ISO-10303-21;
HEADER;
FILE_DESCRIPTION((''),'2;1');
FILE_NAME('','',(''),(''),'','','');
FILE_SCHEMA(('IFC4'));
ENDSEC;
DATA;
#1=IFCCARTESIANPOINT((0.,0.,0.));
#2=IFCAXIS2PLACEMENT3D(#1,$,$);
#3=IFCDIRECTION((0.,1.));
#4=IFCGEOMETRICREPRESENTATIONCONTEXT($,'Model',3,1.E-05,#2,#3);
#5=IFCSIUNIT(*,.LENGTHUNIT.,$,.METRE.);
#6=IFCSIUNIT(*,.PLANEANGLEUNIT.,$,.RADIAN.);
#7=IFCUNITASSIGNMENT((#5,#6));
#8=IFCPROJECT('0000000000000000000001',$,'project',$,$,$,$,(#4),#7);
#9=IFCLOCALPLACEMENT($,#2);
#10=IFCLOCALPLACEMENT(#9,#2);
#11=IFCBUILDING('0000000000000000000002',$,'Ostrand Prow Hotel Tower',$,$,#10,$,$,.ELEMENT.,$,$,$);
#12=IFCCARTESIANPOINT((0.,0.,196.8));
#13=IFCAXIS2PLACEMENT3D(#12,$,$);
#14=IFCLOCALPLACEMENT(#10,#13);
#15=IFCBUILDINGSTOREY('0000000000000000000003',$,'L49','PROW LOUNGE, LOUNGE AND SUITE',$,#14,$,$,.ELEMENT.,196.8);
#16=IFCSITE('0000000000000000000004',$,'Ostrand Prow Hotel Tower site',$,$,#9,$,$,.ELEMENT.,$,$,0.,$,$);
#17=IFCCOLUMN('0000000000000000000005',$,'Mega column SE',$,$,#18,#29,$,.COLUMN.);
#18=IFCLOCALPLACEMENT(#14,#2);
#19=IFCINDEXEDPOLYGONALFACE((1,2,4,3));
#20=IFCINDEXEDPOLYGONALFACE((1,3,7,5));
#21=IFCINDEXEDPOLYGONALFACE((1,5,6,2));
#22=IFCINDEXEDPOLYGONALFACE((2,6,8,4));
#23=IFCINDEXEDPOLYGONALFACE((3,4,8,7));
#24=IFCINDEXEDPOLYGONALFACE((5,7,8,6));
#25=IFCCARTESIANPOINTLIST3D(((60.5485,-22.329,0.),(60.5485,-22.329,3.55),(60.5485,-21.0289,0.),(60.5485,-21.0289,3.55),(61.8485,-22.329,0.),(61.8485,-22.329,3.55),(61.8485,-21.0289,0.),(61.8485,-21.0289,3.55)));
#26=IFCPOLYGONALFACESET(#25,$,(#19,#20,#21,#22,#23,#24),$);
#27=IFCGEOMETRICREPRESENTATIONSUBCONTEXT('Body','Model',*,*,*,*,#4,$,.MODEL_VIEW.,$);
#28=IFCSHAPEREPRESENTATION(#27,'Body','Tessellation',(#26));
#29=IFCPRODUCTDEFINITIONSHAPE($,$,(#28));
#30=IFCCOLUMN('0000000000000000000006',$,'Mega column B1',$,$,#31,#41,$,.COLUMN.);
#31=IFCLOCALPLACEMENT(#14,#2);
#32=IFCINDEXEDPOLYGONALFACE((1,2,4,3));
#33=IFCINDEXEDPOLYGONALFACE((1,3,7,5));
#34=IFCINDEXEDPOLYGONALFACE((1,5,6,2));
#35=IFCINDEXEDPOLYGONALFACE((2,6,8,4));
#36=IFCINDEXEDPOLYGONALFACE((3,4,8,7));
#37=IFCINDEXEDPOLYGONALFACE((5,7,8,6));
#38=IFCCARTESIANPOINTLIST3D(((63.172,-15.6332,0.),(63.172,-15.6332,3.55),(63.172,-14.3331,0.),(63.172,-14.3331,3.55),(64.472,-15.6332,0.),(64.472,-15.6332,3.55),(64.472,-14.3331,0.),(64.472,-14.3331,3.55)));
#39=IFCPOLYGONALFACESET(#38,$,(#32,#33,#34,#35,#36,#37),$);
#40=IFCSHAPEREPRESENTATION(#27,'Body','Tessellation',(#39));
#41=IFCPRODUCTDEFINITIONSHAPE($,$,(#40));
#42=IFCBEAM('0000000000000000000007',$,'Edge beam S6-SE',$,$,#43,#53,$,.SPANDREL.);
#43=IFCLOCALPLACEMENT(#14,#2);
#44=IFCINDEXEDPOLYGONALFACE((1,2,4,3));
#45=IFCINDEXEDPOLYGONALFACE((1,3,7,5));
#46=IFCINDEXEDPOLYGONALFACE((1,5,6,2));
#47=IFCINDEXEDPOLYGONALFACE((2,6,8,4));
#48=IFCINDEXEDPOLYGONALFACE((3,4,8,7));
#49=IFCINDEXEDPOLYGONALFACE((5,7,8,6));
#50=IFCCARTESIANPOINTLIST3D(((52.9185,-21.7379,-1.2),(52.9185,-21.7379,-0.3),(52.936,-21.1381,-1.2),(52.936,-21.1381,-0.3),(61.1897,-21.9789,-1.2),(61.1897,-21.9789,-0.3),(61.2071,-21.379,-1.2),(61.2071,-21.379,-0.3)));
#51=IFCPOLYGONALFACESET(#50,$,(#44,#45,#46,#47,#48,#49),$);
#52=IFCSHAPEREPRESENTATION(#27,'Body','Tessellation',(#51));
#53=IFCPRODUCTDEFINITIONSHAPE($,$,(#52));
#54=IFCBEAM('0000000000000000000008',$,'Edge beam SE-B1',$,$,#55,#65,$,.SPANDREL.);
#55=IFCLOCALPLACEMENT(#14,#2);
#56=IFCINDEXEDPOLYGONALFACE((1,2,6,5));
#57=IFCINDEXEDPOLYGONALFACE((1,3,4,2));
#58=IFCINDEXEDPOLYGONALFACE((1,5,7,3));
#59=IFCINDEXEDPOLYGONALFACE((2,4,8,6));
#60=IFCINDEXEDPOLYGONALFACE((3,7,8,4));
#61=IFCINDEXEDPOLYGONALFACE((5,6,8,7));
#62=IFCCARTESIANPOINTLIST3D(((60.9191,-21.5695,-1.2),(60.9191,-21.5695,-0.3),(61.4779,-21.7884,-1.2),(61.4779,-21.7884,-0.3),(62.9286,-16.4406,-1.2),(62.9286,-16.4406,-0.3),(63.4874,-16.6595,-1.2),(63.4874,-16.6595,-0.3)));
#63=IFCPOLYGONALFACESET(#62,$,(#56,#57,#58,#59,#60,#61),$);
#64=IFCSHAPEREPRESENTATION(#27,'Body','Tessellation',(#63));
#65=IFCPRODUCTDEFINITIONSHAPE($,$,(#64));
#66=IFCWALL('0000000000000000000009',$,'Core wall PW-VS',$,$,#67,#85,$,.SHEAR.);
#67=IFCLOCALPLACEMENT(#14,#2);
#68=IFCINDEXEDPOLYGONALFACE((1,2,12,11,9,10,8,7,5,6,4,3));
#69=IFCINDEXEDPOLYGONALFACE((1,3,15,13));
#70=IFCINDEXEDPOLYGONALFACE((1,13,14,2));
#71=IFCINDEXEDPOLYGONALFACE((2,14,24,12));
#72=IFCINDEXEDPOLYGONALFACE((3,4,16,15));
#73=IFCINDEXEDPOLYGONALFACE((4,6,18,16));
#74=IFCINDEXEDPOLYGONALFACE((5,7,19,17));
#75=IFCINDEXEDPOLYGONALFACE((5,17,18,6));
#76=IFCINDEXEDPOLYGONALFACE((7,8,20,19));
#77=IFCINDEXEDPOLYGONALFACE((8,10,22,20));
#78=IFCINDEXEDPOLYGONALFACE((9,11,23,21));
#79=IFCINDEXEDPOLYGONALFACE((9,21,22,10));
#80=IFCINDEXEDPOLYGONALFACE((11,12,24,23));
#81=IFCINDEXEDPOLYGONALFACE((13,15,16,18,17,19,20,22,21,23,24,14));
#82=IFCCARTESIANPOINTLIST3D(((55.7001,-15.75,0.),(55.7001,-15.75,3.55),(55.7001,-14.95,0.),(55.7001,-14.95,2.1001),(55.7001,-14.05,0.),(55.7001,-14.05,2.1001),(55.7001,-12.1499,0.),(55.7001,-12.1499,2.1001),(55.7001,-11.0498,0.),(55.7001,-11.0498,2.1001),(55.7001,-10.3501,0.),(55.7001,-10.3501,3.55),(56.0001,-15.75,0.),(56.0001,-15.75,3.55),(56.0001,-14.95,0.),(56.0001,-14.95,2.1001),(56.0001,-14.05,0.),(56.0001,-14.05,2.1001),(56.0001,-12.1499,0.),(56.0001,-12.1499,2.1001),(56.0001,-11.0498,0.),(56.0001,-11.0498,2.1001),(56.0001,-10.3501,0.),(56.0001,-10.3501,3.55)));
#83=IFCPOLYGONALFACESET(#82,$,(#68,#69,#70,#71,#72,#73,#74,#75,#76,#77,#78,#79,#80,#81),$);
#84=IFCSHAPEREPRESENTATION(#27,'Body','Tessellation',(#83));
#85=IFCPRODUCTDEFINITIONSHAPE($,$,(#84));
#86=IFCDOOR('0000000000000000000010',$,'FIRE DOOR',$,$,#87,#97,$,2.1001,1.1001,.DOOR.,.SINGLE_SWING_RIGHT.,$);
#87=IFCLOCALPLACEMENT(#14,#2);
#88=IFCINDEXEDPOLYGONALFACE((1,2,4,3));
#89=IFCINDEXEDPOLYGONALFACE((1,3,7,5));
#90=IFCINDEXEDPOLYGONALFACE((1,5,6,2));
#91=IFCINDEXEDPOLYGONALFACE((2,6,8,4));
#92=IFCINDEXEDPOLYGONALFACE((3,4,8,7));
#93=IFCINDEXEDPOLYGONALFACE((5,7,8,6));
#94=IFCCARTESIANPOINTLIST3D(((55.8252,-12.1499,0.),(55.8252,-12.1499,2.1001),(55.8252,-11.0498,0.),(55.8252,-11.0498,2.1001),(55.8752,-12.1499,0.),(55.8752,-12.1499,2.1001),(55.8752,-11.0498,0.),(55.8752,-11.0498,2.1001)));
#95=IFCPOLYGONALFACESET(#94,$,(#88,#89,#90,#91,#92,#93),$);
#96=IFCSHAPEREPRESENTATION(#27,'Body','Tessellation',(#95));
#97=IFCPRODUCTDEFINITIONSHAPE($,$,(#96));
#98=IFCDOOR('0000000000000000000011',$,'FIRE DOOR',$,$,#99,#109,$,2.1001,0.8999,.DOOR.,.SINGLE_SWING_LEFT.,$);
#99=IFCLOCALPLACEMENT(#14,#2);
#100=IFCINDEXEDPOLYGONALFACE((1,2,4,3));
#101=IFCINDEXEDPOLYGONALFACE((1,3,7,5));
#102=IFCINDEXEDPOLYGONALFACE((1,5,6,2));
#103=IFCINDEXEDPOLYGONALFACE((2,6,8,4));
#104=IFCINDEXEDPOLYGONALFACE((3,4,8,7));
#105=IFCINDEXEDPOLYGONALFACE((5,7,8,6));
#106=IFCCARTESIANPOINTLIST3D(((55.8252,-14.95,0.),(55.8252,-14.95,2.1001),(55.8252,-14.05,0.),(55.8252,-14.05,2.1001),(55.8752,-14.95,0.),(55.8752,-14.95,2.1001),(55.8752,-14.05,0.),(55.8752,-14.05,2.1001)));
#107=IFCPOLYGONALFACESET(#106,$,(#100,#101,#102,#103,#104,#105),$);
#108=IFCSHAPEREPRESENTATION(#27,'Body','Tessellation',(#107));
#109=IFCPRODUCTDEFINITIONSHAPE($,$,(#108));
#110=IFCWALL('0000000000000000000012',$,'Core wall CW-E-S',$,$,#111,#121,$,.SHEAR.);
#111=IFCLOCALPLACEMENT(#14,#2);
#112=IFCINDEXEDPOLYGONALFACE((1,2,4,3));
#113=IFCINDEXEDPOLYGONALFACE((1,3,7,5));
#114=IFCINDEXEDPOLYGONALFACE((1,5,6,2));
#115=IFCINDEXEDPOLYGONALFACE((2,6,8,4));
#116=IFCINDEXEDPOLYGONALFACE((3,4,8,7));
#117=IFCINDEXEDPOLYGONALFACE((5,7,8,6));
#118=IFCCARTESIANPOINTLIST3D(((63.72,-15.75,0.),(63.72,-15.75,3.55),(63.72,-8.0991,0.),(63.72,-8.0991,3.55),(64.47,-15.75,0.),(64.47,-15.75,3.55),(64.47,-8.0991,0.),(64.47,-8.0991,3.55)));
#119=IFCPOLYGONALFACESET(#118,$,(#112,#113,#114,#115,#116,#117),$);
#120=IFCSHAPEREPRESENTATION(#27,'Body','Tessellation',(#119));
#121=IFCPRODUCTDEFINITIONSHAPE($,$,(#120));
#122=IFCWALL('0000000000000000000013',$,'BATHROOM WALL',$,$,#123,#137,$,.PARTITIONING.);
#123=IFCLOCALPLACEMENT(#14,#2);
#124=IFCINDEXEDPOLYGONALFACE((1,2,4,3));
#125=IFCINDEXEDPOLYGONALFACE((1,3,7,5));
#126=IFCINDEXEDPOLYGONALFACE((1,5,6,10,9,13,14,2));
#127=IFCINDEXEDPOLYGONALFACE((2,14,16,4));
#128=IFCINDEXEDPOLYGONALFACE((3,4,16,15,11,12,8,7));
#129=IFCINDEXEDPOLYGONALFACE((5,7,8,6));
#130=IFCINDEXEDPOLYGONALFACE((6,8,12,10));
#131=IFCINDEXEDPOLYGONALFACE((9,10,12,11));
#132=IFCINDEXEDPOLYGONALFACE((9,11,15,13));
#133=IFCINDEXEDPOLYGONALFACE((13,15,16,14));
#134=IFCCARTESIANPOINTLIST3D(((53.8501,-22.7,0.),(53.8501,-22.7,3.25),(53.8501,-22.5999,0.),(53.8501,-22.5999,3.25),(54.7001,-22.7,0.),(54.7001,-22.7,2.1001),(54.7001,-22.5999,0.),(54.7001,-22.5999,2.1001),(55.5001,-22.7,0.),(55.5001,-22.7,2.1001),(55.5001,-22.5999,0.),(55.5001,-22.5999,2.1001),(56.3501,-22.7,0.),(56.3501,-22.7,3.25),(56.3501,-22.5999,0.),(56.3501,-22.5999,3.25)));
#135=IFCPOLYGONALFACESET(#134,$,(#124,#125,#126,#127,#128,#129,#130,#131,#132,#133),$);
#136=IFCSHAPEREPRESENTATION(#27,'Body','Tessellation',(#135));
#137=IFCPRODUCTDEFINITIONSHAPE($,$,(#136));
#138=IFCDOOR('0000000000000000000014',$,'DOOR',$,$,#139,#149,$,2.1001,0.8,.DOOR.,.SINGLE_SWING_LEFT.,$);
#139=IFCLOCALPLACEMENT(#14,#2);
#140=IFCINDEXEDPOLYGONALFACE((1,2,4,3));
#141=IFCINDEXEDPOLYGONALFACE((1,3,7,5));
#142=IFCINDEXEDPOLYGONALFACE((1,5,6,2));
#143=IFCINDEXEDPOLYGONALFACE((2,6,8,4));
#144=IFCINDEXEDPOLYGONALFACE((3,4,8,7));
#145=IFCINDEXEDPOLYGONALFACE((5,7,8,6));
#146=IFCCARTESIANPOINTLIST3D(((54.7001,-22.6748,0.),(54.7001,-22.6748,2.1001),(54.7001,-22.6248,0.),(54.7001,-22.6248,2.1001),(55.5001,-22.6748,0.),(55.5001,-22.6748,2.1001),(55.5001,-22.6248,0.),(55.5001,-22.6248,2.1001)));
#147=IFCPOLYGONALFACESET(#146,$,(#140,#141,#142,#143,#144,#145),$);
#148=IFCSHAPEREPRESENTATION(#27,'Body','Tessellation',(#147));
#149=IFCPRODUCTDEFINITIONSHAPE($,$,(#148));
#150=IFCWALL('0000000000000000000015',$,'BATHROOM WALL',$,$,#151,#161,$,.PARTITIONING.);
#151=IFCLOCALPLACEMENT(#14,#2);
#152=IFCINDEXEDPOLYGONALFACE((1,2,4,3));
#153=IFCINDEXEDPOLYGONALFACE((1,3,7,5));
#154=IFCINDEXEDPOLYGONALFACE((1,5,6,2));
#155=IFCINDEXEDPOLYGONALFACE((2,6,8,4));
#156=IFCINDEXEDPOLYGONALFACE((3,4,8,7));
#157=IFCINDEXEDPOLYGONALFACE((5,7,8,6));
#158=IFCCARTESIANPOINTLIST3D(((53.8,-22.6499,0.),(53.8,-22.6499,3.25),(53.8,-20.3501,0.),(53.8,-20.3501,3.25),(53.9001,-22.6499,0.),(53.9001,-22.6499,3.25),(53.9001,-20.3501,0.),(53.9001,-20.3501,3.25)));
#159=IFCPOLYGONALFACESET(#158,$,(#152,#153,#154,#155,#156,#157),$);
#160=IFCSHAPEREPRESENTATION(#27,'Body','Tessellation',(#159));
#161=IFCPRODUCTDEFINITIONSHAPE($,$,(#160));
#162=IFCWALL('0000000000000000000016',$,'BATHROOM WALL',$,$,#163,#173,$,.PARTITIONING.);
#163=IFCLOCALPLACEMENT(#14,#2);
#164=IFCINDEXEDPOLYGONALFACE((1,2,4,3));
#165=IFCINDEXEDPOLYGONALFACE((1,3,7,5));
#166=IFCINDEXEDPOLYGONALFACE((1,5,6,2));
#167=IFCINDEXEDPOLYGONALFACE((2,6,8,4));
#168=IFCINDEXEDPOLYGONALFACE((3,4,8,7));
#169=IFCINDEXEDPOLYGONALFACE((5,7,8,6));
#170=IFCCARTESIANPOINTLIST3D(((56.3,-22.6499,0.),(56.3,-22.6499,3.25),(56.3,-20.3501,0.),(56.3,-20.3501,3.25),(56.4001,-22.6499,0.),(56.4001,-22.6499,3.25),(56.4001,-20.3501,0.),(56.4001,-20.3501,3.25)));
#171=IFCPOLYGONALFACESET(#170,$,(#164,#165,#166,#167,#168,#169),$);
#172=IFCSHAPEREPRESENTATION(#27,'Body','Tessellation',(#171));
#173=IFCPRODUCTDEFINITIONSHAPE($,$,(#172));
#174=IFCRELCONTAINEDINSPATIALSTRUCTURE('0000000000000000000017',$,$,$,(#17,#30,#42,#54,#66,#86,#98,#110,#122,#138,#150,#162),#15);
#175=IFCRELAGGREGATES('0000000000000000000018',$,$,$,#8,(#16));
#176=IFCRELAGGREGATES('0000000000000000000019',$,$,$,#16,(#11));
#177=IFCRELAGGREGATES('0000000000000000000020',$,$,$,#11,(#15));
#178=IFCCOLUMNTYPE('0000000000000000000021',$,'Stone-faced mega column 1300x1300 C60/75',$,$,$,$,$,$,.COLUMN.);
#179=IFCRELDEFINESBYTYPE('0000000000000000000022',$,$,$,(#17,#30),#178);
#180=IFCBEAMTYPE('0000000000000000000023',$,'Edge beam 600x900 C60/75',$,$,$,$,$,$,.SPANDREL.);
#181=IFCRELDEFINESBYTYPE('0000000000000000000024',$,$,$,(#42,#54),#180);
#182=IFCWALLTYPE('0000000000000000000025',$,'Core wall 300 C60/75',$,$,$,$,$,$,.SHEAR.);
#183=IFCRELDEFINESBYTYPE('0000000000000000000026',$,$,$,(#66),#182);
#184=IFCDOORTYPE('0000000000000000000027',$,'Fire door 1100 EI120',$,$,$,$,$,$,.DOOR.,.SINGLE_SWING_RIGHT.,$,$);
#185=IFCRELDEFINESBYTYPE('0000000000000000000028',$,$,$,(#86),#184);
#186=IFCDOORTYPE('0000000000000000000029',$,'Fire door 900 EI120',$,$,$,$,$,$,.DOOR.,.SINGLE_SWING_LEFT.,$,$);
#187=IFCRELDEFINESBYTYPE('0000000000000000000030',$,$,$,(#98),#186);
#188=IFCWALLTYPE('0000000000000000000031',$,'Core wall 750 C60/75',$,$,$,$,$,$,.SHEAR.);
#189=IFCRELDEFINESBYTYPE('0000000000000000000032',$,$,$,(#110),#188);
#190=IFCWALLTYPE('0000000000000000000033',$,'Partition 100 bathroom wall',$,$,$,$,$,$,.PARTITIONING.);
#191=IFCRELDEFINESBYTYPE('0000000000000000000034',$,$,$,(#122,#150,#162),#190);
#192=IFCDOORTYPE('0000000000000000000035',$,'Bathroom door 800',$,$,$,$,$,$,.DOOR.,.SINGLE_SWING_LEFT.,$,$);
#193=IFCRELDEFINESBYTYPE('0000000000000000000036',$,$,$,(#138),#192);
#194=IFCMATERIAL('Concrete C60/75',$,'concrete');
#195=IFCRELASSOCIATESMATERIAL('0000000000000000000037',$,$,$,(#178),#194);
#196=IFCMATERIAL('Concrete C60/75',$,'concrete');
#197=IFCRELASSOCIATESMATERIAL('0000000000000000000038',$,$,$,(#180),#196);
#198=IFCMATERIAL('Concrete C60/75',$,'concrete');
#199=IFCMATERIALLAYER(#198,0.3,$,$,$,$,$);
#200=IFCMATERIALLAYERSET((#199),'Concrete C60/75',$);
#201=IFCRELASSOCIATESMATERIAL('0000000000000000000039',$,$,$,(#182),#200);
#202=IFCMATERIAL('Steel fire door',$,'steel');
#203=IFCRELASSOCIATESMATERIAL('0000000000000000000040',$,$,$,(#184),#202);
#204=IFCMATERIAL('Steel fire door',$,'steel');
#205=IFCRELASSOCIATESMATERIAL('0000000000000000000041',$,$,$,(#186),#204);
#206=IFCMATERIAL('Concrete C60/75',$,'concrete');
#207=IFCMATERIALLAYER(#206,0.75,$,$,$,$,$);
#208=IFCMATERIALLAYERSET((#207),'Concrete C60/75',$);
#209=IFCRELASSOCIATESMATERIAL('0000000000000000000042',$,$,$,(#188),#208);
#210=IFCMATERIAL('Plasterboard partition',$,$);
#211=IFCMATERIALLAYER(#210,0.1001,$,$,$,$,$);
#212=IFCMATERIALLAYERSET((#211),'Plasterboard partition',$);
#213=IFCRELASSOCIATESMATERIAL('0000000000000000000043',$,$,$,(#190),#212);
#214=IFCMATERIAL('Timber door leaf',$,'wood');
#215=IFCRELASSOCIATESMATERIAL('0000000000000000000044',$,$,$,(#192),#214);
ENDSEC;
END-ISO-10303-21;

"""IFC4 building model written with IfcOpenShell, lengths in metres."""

from ifc_helpers import new_model, si_unit, direction, frame, frame_2d, origin, origin_2d, place, context, subcontext, project, spatial, rectangle, extrude, material, layer, layer_set, material_profile, profile_set, type_object, element, fill, save


model = new_model("IFC4")

# Units and contexts
model_context = context("Model", 3, precision=1e-05, world=origin(), true_north=direction((0.0, 1.0)))
body_context = subcontext(model_context, "Body", "Model", "MODEL_VIEW")
ifc_project = project(units=[si_unit("LENGTHUNIT", "METRE"), si_unit("PLANEANGLEUNIT", "RADIAN")], contexts=[model_context])

# Site, building, storey
site_placement = place(None, origin())
site = spatial("IfcSite", under=ifc_project, at=site_placement, Name="Ostrand Prow Hotel Tower site", CompositionType="ELEMENT", RefElevation=0.0)
building_placement = place(site_placement, origin())
building = spatial("IfcBuilding", under=site, at=building_placement, Name="Ostrand Prow Hotel Tower", CompositionType="ELEMENT")
storey_placement = place(building_placement, frame((0.0, 0.0, 196.8)))
storey = spatial("IfcBuildingStorey", under=building, at=storey_placement, Name="L49", Description="PROW LOUNGE, LOUNGE AND SUITE", CompositionType="ELEMENT", Elevation=196.8)

# Columns
ifc_material_1 = material(Name="Concrete C60/75", Category="concrete")
ifc_material_profile_1 = material_profile(ifc_material_1, rectangle(XDim=1.3, YDim=1.3, at=origin_2d()), Name="RC 1300x1300")
ifc_profile_set_1 = profile_set([ifc_material_profile_1], Name="Concrete C60/75")
column_type = type_object("IfcColumnType", Name="Stone-faced mega column 1300x1300 C60/75", PredefinedType="COLUMN", material=ifc_profile_set_1)
for number, where, z_axis, x_axis, name in (
    (1, (61.1985, -21.679, 0.0), (0.0, 0.0, 1.0), (1.0, 0.0, 0.0), "Mega column SE"),
    (2, (63.822, -14.9832, 0.0), (0.0, 0.0, 1.0), (1.0, 0.0, 0.0), "Mega column B1"),
):
    element("IfcColumn", number, at=place(storey_placement, frame(where, z_axis=z_axis, x_axis=x_axis)), inside=storey, type_object=column_type, Name=name, PredefinedType="COLUMN", context=body_context, shape_type="SweptSolid", body=[
        extrude(rectangle(XDim=1.3, YDim=1.3, at=origin_2d()), origin(), (0.0, 0.0, 1.0), 3.55),
    ])

# Beams
ifc_material_2 = material(Name="Concrete C60/75", Category="concrete")
ifc_material_profile_2 = material_profile(ifc_material_2, rectangle(XDim=0.6001, YDim=0.8999, at=origin_2d()), Name="RC 600x900")
ifc_profile_set_2 = profile_set([ifc_material_profile_2], Name="Concrete C60/75")
beam_type = type_object("IfcBeamType", Name="Edge beam 600x900 C60/75", PredefinedType="SPANDREL", material=ifc_profile_set_2)
beam_1_placement = place(storey_placement, frame((52.9272, -21.438, -0.75), z_axis=(0.999576, -0.029121, 0.0), x_axis=(0.029121, 0.999576, 0.0)))
element("IfcBeam", 3, at=beam_1_placement, inside=storey, type_object=beam_type, Name="Edge beam S6-SE", PredefinedType="SPANDREL", context=body_context, shape_type="SweptSolid", body=[
    extrude(rectangle(XDim=0.6001, YDim=0.8999, at=origin_2d()), origin(), (0.0, 0.0, 1.0), 8.2747),
])
beam_2_placement = place(storey_placement, frame((61.1985, -21.679, -0.75), z_axis=(0.364802, 0.931085, 0.0), x_axis=(-0.931085, 0.364802, 0.0)))
element("IfcBeam", 4, at=beam_2_placement, inside=storey, type_object=beam_type, Name="Edge beam SE-B1", PredefinedType="SPANDREL", context=body_context, shape_type="SweptSolid", body=[
    extrude(rectangle(XDim=0.6001, YDim=0.8999, at=origin_2d()), origin(), (0.0, 0.0, 1.0), 5.5085),
])

# Wall, openings, doors
ifc_material_3 = material(Name="Concrete C60/75", Category="concrete")
ifc_layer_1 = layer(ifc_material_3, 0.3)
ifc_layer_set_1 = layer_set([ifc_layer_1], Name="Concrete C60/75")
wall_type_1 = type_object("IfcWallType", Name="Core wall 300 C60/75", PredefinedType="SHEAR", material=ifc_layer_set_1)
wall_1_placement = place(storey_placement, frame((55.8501, -15.75, 0.0), z_axis=(0.0, 0.0, 1.0), x_axis=(0.0, 1.0, 0.0)))
wall_1 = element("IfcWall", 5, at=wall_1_placement, inside=storey, type_object=wall_type_1, Name="Core wall PW-VS", PredefinedType="SHEAR", context=body_context, shape_type="SweptSolid", body=[
    extrude(rectangle(XDim=5.3999, YDim=0.3, at=frame_2d((2.7, 0.0))), origin(), (0.0, 0.0, 1.0), 3.55),
])
opening_1_placement = place(wall_1_placement, frame((3.6001, 0.0, 0.0)))
opening_1 = element("IfcOpeningElement", 6, at=opening_1_placement, cuts=wall_1, PredefinedType="OPENING", context=body_context, shape_type="SweptSolid", body=[
    extrude(rectangle(XDim=1.1001, YDim=2.1001, at=frame_2d((0.55, 1.05))), frame((0.0, 0.1599, 0.0), z_axis=(0.0, -1.0, 0.0), x_axis=(1.0, 0.0, 0.0)), (0.0, 0.0, 1.0), 0.3201),
])
opening_2_placement = place(wall_1_placement, frame((0.8, 0.0, 0.0)))
opening_2 = element("IfcOpeningElement", 7, at=opening_2_placement, cuts=wall_1, PredefinedType="OPENING", context=body_context, shape_type="SweptSolid", body=[
    extrude(rectangle(XDim=0.8999, YDim=2.1001, at=frame_2d((0.45, 1.05))), frame((0.0, 0.1599, 0.0), z_axis=(0.0, -1.0, 0.0), x_axis=(1.0, 0.0, 0.0)), (0.0, 0.0, 1.0), 0.3201),
])
ifc_material_4 = material(Name="Steel fire door", Category="steel")
door_type_1 = type_object("IfcDoorType", Name="Fire door 1100 EI120", OperationType="SINGLE_SWING_RIGHT", PredefinedType="DOOR", material=ifc_material_4)
door_1_placement = place(opening_1_placement, origin())
door_1 = element("IfcDoor", 8, at=door_1_placement, inside=storey, type_object=door_type_1, Name="FIRE DOOR", OperationType="SINGLE_SWING_RIGHT", OverallHeight=2.1001, OverallWidth=1.1001, PredefinedType="DOOR", context=body_context, shape_type="SweptSolid", body=[
    extrude(rectangle(XDim=1.1001, YDim=2.1001, at=frame_2d((0.55, 1.05))), frame((0.0, 0.0249, 0.0), z_axis=(0.0, -1.0, 0.0), x_axis=(1.0, 0.0, 0.0)), (0.0, 0.0, 1.0), 0.05),
])
fill(opening_1, door_1)
ifc_material_5 = material(Name="Steel fire door", Category="steel")
door_type_2 = type_object("IfcDoorType", Name="Fire door 900 EI120", OperationType="SINGLE_SWING_LEFT", PredefinedType="DOOR", material=ifc_material_5)
door_2_placement = place(opening_2_placement, origin())
door_2 = element("IfcDoor", 9, at=door_2_placement, inside=storey, type_object=door_type_2, Name="FIRE DOOR", OperationType="SINGLE_SWING_LEFT", OverallHeight=2.1001, OverallWidth=0.8999, PredefinedType="DOOR", context=body_context, shape_type="SweptSolid", body=[
    extrude(rectangle(XDim=0.8999, YDim=2.1001, at=frame_2d((0.45, 1.05))), frame((0.0, 0.0249, 0.0), z_axis=(0.0, -1.0, 0.0), x_axis=(1.0, 0.0, 0.0)), (0.0, 0.0, 1.0), 0.05),
])
fill(opening_2, door_2)

# Wall
ifc_material_6 = material(Name="Concrete C60/75", Category="concrete")
ifc_layer_2 = layer(ifc_material_6, 0.75)
ifc_layer_set_2 = layer_set([ifc_layer_2], Name="Concrete C60/75")
wall_type_2 = type_object("IfcWallType", Name="Core wall 750 C60/75", PredefinedType="SHEAR", material=ifc_layer_set_2)
wall_2_placement = place(storey_placement, frame((64.095, -15.75, 0.0), z_axis=(0.0, 0.0, 1.0), x_axis=(0.0, 1.0, 0.0)))
element("IfcWall", 10, at=wall_2_placement, inside=storey, type_object=wall_type_2, Name="Core wall CW-E-S", PredefinedType="SHEAR", context=body_context, shape_type="SweptSolid", body=[
    extrude(rectangle(XDim=7.6509, YDim=0.75, at=frame_2d((3.8254, 0.0))), origin(), (0.0, 0.0, 1.0), 3.55),
])

# Wall, opening, door
ifc_material_7 = material(Name="Plasterboard partition")
ifc_layer_3 = layer(ifc_material_7, 0.1001)
ifc_layer_set_3 = layer_set([ifc_layer_3], Name="Plasterboard partition")
wall_type_3 = type_object("IfcWallType", Name="Partition 100 bathroom wall", PredefinedType="PARTITIONING", material=ifc_layer_set_3)
wall_3_placement = place(storey_placement, frame((56.3501, -22.6499, 0.0), z_axis=(0.0, 0.0, 1.0), x_axis=(-1.0, 0.0, 0.0)))
wall_3 = element("IfcWall", 11, at=wall_3_placement, inside=storey, type_object=wall_type_3, Name="BATHROOM WALL", PredefinedType="PARTITIONING", context=body_context, shape_type="SweptSolid", body=[
    extrude(rectangle(XDim=2.5, YDim=0.1001, at=frame_2d((1.25, 0.0))), origin(), (0.0, 0.0, 1.0), 3.25),
])
opening_3_placement = place(wall_3_placement, frame((0.8501, 0.0, 0.0)))
opening_3 = element("IfcOpeningElement", 12, at=opening_3_placement, cuts=wall_3, PredefinedType="OPENING", context=body_context, shape_type="SweptSolid", body=[
    extrude(rectangle(XDim=0.8, YDim=2.1001, at=frame_2d((0.3999, 1.05))), frame((0.0, 0.0601, 0.0), z_axis=(0.0, -1.0, 0.0), x_axis=(1.0, 0.0, 0.0)), (0.0, 0.0, 1.0), 0.1201),
])
ifc_material_8 = material(Name="Timber door leaf", Category="wood")
door_type_3 = type_object("IfcDoorType", Name="Bathroom door 800", OperationType="SINGLE_SWING_LEFT", PredefinedType="DOOR", material=ifc_material_8)
door_3_placement = place(opening_3_placement, origin())
door_3 = element("IfcDoor", 13, at=door_3_placement, inside=storey, type_object=door_type_3, Name="DOOR", OperationType="SINGLE_SWING_LEFT", OverallHeight=2.1001, OverallWidth=0.8, PredefinedType="DOOR", context=body_context, shape_type="SweptSolid", body=[
    extrude(rectangle(XDim=0.8, YDim=2.1001, at=frame_2d((0.3999, 1.05))), frame((0.0, 0.0249, 0.0), z_axis=(0.0, -1.0, 0.0), x_axis=(1.0, 0.0, 0.0)), (0.0, 0.0, 1.0), 0.05),
])
fill(opening_3, door_3)

# Walls
for number, where, z_axis, x_axis, name in (
    (14, (53.8501, -22.6499, 0.0), (0.0, 0.0, 1.0), (0.0, 1.0, 0.0), "BATHROOM WALL"),
    (15, (56.3501, -20.3501, 0.0), (0.0, 0.0, 1.0), (0.0, -1.0, 0.0), "BATHROOM WALL"),
):
    element("IfcWall", number, at=place(storey_placement, frame(where, z_axis=z_axis, x_axis=x_axis)), inside=storey, type_object=wall_type_3, Name=name, PredefinedType="PARTITIONING", context=body_context, shape_type="SweptSolid", body=[
        extrude(rectangle(XDim=2.2998, YDim=0.1001, at=frame_2d((1.1499, 0.0))), origin(), (0.0, 0.0, 1.0), 3.25),
    ])

save(model, "model.ifc")
